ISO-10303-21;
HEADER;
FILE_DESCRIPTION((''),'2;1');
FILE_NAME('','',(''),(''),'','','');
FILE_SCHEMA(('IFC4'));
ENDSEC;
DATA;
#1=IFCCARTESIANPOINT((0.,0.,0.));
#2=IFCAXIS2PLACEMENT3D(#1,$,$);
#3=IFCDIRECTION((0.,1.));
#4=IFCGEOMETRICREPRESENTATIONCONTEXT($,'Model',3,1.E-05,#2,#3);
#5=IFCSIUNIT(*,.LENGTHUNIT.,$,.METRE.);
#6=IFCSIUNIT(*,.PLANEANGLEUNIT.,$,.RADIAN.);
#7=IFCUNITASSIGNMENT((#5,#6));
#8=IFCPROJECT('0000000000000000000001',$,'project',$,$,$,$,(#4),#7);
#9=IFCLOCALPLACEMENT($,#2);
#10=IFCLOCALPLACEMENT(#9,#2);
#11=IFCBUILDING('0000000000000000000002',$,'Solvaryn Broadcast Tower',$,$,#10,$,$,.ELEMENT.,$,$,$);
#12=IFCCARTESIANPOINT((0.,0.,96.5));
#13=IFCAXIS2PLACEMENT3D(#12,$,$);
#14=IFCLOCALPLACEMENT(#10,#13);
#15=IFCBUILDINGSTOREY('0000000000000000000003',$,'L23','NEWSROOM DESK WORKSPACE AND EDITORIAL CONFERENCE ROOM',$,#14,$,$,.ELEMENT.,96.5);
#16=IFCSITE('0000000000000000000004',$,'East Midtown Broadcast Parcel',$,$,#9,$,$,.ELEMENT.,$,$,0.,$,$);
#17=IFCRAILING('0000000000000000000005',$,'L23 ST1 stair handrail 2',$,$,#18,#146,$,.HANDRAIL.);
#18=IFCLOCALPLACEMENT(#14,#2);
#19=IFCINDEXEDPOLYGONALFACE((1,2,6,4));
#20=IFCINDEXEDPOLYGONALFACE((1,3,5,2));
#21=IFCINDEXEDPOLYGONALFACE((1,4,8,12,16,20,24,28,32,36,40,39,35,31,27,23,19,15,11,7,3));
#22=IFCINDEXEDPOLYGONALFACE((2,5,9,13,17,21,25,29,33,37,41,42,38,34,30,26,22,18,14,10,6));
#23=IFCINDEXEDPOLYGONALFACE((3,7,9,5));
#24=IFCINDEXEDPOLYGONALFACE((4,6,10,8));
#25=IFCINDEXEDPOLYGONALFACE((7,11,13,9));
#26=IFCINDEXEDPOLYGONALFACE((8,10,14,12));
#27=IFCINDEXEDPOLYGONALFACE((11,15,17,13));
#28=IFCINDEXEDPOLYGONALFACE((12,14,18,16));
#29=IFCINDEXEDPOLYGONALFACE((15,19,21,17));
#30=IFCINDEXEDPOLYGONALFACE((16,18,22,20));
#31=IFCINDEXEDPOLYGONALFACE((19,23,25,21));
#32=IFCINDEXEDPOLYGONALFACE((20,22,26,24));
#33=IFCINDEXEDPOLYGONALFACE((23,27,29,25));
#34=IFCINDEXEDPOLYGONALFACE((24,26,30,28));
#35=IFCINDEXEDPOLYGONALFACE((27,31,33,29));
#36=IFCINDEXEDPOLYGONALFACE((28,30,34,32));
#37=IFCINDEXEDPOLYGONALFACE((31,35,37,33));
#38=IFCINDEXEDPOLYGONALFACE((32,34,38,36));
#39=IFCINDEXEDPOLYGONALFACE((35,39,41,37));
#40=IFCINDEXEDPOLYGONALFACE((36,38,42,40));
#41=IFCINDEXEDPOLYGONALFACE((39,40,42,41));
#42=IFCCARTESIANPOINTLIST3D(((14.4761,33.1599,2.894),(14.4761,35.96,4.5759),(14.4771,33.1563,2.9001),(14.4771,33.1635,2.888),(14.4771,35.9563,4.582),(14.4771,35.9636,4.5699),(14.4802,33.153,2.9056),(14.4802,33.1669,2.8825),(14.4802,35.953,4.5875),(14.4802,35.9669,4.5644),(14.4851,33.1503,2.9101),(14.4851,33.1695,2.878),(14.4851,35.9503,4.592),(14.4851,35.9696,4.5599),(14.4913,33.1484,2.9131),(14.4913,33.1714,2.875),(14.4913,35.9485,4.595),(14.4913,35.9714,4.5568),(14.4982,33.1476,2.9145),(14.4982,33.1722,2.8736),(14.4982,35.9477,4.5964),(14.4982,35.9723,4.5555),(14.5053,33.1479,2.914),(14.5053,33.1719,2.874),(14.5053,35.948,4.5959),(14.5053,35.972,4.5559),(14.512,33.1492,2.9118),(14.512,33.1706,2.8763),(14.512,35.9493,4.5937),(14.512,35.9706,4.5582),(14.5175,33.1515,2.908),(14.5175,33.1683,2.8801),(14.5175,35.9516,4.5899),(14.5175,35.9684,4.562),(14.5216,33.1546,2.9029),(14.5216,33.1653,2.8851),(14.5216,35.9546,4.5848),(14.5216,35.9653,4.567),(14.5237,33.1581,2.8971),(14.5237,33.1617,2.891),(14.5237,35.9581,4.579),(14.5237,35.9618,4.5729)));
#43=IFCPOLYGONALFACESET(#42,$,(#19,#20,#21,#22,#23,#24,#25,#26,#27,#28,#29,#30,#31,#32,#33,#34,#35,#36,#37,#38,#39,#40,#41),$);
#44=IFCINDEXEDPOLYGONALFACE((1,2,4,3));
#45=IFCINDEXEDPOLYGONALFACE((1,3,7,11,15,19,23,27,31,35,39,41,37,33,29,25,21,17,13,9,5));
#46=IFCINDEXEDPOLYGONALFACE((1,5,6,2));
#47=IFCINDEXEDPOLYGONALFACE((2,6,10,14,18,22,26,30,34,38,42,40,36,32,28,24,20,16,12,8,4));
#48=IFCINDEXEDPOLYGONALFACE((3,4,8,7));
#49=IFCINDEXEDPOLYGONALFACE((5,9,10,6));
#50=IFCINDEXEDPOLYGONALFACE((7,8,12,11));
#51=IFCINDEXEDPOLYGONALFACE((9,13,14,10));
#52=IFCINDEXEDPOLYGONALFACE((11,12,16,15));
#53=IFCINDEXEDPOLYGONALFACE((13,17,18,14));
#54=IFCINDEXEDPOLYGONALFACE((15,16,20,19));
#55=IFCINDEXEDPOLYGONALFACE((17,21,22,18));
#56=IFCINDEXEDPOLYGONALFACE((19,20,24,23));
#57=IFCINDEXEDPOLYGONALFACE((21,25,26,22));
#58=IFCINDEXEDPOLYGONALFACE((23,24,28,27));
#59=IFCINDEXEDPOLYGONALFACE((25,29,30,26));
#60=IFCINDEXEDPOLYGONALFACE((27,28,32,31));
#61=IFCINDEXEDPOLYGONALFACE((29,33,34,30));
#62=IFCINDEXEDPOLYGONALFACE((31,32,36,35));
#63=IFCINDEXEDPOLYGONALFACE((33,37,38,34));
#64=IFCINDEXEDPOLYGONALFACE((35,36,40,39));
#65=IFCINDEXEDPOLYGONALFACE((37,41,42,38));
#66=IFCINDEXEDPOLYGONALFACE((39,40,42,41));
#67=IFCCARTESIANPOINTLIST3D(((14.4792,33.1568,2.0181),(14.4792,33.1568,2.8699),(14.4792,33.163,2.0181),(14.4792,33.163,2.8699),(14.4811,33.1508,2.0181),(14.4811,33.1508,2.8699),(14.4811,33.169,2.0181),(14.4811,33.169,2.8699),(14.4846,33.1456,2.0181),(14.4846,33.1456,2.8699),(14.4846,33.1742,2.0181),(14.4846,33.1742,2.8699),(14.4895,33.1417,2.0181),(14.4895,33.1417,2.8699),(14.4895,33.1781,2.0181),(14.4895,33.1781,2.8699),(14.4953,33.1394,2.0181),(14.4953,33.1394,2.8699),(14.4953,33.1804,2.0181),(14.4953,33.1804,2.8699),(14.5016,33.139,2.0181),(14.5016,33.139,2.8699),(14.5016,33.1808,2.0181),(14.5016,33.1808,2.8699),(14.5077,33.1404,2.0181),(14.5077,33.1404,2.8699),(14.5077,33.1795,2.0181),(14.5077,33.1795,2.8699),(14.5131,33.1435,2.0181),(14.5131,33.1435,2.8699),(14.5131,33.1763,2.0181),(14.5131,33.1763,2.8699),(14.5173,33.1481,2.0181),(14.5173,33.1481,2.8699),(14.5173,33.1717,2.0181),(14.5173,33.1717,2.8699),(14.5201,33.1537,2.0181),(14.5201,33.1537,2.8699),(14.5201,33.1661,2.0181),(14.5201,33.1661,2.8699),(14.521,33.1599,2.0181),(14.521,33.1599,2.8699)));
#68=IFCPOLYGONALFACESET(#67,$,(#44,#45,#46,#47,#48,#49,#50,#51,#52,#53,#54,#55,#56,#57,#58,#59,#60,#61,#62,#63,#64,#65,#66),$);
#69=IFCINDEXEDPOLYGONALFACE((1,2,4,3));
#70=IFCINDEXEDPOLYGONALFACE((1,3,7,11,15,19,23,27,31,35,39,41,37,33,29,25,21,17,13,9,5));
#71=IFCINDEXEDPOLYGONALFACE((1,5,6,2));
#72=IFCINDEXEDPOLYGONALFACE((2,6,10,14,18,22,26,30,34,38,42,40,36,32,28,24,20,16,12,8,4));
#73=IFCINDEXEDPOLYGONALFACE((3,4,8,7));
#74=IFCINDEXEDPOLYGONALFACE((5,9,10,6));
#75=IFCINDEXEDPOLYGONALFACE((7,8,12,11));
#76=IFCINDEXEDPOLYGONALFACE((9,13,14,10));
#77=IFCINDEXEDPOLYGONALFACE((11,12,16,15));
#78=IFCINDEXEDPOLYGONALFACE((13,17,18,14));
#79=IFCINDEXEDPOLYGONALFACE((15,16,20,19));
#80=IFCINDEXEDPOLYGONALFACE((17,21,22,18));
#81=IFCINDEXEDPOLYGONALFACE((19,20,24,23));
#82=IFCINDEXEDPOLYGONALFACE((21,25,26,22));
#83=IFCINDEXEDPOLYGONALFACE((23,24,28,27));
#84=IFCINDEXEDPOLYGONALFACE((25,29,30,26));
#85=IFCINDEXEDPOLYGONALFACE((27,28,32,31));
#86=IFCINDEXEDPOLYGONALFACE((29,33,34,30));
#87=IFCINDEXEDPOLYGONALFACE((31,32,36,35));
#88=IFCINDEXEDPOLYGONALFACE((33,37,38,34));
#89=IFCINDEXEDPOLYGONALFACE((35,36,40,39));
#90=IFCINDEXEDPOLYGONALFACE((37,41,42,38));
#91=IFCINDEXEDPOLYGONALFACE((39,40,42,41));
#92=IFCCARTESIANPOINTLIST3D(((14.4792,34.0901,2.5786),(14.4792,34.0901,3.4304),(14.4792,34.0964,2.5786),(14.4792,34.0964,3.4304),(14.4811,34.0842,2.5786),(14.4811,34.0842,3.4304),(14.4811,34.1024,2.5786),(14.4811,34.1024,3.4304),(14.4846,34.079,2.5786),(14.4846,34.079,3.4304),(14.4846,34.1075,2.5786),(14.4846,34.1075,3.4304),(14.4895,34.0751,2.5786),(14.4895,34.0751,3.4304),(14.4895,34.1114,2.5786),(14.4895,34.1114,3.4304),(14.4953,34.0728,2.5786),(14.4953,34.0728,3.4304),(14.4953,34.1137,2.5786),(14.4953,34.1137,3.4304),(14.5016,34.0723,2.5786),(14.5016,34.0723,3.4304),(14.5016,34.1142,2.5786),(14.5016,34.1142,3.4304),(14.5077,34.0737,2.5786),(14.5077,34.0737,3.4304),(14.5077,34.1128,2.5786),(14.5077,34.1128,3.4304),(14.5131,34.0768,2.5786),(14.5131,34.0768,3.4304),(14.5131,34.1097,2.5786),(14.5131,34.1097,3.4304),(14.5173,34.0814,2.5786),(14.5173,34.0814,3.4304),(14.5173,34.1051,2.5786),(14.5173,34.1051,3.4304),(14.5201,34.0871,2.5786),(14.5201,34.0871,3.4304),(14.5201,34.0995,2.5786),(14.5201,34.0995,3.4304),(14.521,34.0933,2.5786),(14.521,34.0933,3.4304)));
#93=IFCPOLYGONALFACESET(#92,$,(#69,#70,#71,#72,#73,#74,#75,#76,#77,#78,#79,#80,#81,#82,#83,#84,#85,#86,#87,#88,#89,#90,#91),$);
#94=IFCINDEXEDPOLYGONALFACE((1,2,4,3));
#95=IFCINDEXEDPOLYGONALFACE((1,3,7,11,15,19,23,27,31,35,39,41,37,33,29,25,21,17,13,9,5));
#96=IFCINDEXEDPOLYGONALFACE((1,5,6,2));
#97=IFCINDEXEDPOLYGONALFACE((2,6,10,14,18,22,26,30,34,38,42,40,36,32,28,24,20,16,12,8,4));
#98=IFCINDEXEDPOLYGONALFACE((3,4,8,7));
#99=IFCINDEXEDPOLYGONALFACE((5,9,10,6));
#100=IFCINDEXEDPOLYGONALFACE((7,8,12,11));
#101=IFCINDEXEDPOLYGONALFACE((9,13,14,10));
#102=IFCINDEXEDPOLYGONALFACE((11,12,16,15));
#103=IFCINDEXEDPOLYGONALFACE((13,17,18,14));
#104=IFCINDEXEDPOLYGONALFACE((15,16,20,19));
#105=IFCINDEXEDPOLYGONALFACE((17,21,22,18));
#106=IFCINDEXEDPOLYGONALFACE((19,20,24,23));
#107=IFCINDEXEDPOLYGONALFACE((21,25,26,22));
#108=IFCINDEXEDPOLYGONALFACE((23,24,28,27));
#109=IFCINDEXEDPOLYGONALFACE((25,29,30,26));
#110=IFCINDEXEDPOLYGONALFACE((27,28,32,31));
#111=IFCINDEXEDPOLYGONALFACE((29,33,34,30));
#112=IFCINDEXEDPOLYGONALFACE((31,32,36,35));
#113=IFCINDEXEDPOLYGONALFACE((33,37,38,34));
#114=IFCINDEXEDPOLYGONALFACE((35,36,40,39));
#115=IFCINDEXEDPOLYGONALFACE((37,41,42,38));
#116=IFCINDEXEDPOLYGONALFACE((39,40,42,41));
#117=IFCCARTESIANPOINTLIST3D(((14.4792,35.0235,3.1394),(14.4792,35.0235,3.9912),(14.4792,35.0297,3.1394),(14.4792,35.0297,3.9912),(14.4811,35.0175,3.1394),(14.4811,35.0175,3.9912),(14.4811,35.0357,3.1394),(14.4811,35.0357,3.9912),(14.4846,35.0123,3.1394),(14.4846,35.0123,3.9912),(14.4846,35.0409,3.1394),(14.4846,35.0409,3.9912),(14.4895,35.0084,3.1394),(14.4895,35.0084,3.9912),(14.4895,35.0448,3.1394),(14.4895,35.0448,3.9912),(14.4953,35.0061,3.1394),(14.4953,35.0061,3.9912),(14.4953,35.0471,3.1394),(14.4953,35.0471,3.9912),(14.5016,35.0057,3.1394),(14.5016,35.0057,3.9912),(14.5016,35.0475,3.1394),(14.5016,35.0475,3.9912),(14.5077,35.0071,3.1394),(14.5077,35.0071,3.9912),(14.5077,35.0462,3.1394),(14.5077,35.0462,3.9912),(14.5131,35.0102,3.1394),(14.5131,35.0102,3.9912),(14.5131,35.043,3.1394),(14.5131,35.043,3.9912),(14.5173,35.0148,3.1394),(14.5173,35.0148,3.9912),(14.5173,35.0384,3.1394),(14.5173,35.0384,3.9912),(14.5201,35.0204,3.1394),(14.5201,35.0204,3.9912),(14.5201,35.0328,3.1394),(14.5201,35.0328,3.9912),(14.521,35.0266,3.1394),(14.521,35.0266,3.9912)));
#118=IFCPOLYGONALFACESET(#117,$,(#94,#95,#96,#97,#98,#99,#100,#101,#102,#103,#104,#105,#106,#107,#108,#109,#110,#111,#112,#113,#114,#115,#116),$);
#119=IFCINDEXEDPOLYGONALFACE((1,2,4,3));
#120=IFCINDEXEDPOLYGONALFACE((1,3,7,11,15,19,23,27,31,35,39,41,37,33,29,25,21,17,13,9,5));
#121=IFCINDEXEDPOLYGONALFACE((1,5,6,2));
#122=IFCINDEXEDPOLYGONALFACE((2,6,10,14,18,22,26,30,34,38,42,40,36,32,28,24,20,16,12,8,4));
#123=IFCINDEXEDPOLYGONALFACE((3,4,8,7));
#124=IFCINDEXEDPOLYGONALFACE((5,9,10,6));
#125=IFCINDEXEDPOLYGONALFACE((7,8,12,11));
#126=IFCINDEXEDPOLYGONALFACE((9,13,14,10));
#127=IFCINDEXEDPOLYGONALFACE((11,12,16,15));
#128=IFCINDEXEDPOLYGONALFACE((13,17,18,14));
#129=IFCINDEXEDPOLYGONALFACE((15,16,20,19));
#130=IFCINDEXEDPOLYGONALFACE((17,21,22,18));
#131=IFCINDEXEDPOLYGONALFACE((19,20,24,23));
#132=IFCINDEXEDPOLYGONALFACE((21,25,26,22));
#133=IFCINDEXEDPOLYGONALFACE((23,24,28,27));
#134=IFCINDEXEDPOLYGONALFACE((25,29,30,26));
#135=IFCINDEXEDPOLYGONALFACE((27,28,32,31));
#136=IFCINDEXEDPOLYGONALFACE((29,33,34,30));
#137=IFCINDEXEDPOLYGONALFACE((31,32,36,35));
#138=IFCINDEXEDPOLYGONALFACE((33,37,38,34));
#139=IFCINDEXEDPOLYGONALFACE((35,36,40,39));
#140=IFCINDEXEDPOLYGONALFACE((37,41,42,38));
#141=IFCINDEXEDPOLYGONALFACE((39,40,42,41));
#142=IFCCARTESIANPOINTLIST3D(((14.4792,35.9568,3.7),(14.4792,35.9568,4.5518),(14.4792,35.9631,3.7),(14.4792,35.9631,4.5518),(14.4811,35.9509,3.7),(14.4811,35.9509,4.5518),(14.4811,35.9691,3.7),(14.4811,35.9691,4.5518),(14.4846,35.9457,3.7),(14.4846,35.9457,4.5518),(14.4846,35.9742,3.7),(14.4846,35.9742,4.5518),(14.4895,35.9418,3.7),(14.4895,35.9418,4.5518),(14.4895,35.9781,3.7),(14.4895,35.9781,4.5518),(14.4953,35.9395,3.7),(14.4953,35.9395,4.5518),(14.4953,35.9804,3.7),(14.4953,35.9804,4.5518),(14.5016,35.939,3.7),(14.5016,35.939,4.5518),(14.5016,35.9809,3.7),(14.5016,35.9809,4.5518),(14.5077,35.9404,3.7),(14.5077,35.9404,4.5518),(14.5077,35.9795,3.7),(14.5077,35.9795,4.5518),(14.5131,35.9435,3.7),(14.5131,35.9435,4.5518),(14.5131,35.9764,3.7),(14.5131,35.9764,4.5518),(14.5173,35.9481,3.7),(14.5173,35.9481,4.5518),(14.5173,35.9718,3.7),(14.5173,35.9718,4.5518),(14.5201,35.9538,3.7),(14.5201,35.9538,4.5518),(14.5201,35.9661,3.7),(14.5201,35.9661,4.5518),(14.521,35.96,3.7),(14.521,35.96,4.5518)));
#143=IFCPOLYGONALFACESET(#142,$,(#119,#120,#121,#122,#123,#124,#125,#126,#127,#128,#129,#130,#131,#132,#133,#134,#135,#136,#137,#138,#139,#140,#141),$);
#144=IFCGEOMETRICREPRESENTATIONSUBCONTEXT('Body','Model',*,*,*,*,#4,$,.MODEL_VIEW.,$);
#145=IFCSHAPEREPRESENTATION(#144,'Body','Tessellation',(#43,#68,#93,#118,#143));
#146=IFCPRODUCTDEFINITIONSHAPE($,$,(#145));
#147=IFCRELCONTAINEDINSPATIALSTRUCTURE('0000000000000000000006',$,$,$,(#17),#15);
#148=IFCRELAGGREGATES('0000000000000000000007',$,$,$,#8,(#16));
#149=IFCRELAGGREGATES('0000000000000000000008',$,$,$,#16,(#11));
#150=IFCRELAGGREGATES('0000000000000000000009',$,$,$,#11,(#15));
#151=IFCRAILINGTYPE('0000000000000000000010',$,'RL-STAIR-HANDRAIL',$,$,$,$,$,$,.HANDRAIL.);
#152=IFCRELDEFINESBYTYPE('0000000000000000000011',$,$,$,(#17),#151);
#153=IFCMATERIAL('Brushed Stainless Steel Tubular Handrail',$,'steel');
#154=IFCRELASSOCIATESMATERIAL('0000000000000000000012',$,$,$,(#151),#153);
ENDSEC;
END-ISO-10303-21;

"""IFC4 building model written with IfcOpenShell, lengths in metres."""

from ifc_helpers import new_model, si_unit, direction, frame, origin, origin_2d, place, context, subcontext, project, spatial, circle, extrude, material, type_object, element, save


model = new_model("IFC4")

# Units and contexts
model_context = context("Model", 3, precision=1e-05, world=origin(), true_north=direction((0.0, 1.0)))
body_context = subcontext(model_context, "Body", "Model", "MODEL_VIEW")
ifc_project = project(units=[si_unit("LENGTHUNIT", "METRE"), si_unit("PLANEANGLEUNIT", "RADIAN")], contexts=[model_context])

# Site, building, storey
site_placement = place(None, origin())
site = spatial("IfcSite", under=ifc_project, at=site_placement, Name="East Midtown Broadcast Parcel", CompositionType="ELEMENT", RefElevation=0.0)
building_placement = place(site_placement, origin())
building = spatial("IfcBuilding", under=site, at=building_placement, Name="Solvaryn Broadcast Tower", CompositionType="ELEMENT")
storey_placement = place(building_placement, frame((0.0, 0.0, 96.5)))
storey = spatial("IfcBuildingStorey", under=building, at=storey_placement, Name="L23", Description="NEWSROOM DESK WORKSPACE AND EDITORIAL CONFERENCE ROOM", CompositionType="ELEMENT", Elevation=96.5)

# Railing
ifc_material_1 = material(Name="Brushed Stainless Steel Tubular Handrail", Category="steel")
railing_type_1 = type_object("IfcRailingType", Name="RL-STAIR-HANDRAIL", PredefinedType="HANDRAIL", material=ifc_material_1)
railing_1_placement = place(storey_placement, frame((14.5, 33.1599, 2.0181)))
element("IfcRailing", 1, at=railing_1_placement, inside=storey, type_object=railing_type_1, Name="L23 ST1 stair handrail 2", PredefinedType="HANDRAIL", context=body_context, shape_type="SweptSolid", body=[
    extrude(circle(Radius=0.0239, at=origin_2d()), frame((0.0, 0.0, 0.876), z_axis=(0.0, 0.857242, 0.514913), x_axis=(-1.0, 0.0, 0.0)), (0.0, 0.0, 1.0), 3.2664),
    extrude(circle(Radius=0.021, at=origin_2d()), origin(), (0.0, 0.0, 1.0), 0.8518),
    extrude(circle(Radius=0.021, at=origin_2d()), frame((0.0, 0.9333, 0.5605)), (0.0, 0.0, 1.0), 0.8518),
    extrude(circle(Radius=0.021, at=origin_2d()), frame((0.0, 1.8667, 1.1213)), (0.0, 0.0, 1.0), 0.8518),
    extrude(circle(Radius=0.021, at=origin_2d()), frame((0.0, 2.8, 1.6819)), (0.0, 0.0, 1.0), 0.8518),
])

save(model, "model.ifc")
